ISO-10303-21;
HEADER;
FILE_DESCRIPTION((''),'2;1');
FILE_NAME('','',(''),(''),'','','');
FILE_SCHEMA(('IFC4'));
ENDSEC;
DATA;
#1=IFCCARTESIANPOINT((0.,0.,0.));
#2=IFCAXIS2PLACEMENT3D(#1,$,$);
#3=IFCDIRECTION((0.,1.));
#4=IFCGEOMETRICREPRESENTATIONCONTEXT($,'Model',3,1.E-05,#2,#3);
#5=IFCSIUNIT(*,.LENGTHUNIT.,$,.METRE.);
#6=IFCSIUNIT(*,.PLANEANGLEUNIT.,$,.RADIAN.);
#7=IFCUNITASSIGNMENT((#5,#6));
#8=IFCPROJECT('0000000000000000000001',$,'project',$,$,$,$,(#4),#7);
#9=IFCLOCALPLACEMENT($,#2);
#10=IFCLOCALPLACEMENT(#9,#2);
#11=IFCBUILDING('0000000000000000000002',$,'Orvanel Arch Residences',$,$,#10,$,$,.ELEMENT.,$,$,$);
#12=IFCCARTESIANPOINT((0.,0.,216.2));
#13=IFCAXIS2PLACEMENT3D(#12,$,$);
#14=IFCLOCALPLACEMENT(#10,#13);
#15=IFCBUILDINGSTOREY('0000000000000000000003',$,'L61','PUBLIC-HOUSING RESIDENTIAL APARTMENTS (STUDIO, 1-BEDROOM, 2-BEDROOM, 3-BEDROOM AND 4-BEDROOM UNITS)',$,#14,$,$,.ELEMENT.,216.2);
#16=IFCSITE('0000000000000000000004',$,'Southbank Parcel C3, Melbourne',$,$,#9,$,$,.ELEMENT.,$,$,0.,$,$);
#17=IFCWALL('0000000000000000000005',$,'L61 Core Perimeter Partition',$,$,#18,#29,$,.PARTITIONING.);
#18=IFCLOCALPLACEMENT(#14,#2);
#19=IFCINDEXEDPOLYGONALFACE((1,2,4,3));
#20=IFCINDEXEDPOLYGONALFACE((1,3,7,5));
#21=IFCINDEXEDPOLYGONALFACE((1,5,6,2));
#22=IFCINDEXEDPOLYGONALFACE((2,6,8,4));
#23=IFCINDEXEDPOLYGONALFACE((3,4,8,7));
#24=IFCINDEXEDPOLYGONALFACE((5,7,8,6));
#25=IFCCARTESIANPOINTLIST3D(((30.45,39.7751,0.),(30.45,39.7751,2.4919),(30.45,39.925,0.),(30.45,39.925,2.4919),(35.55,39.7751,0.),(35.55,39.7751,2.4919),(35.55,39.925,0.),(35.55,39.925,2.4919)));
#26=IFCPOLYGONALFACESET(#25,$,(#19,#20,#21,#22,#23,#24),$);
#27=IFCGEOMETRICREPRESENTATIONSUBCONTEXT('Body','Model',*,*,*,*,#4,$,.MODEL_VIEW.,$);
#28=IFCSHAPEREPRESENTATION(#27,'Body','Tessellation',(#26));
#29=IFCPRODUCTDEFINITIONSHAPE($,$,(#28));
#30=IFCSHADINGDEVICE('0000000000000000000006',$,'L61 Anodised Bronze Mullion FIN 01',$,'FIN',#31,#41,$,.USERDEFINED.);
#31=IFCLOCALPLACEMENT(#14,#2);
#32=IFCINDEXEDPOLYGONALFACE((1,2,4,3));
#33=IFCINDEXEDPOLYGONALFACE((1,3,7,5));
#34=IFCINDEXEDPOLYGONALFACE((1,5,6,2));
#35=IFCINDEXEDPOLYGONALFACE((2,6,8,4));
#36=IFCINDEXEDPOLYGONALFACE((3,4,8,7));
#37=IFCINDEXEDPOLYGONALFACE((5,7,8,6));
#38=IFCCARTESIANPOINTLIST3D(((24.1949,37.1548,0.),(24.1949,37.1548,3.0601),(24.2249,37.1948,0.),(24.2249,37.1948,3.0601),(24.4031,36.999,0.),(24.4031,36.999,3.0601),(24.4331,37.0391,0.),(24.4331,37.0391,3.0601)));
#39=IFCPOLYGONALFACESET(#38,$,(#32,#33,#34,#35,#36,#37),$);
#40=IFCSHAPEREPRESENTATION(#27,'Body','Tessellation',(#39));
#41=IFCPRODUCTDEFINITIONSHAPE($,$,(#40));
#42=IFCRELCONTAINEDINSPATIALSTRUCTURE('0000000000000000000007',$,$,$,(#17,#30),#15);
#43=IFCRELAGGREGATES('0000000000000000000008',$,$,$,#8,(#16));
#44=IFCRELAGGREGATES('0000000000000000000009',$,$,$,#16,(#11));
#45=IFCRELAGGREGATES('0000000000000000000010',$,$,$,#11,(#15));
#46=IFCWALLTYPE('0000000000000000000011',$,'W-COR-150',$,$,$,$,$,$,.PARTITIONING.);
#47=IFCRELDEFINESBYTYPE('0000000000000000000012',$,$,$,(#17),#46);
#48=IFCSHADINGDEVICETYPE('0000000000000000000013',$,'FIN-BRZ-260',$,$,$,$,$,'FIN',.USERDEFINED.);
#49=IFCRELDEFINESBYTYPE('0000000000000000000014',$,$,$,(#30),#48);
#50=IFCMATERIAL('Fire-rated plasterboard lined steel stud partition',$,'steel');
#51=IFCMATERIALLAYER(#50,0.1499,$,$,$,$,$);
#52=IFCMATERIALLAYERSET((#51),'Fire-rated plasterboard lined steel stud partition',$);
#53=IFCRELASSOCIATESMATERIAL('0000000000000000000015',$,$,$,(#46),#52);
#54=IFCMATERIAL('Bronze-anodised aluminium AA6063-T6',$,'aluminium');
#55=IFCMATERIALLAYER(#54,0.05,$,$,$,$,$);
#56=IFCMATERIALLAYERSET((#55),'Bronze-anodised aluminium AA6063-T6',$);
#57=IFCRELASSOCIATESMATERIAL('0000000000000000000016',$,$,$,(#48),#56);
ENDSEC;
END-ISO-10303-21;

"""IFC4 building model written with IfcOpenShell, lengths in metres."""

from ifc_helpers import new_model, si_unit, direction, frame, frame_2d, origin, origin_2d, place, context, subcontext, project, spatial, rectangle, extrude, material, layer, layer_set, type_object, element, save


model = new_model("IFC4")

# Units and contexts
model_context = context("Model", 3, precision=1e-05, world=origin(), true_north=direction((0.0, 1.0)))
body_context = subcontext(model_context, "Body", "Model", "MODEL_VIEW")
ifc_project = project(units=[si_unit("LENGTHUNIT", "METRE"), si_unit("PLANEANGLEUNIT", "RADIAN")], contexts=[model_context])

# Site, building, storey
site_placement = place(None, origin())
site = spatial("IfcSite", under=ifc_project, at=site_placement, Name="Southbank Parcel C3, Melbourne", CompositionType="ELEMENT", RefElevation=0.0)
building_placement = place(site_placement, origin())
building = spatial("IfcBuilding", under=site, at=building_placement, Name="Orvanel Arch Residences", CompositionType="ELEMENT")
storey_placement = place(building_placement, frame((0.0, 0.0, 216.2)))
storey = spatial("IfcBuildingStorey", under=building, at=storey_placement, Name="L61", Description="PUBLIC-HOUSING RESIDENTIAL APARTMENTS (STUDIO, 1-BEDROOM, 2-BEDROOM, 3-BEDROOM AND 4-BEDROOM UNITS)", CompositionType="ELEMENT", Elevation=216.2)

# Shared definitions
ifc_material_1 = material(Name="Bronze-anodised aluminium AA6063-T6", Category="aluminium")

# Wall
ifc_material_2 = material(Name="Fire-rated plasterboard lined steel stud partition", Category="steel")
ifc_layer_1 = layer(ifc_material_2, 0.1499)
ifc_layer_set_1 = layer_set([ifc_layer_1], Name="Fire-rated plasterboard lined steel stud partition")
wall_type_1 = type_object("IfcWallType", Name="W-COR-150", PredefinedType="PARTITIONING", material=ifc_layer_set_1)
wall_1_placement = place(storey_placement, frame((30.45, 39.8501, 0.0), z_axis=(0.0, 0.0, 1.0), x_axis=(1.0, 0.0, 0.0)))
element("IfcWall", 1, at=wall_1_placement, inside=storey, type_object=wall_type_1, Name="L61 Core Perimeter Partition", PredefinedType="PARTITIONING", context=body_context, shape_type="SweptSolid", body=[
    extrude(rectangle(XDim=5.1001, YDim=0.1499, at=frame_2d((2.55, 0.0))), origin(), (0.0, 0.0, 1.0), 2.4919),
])

# Shading device
ifc_layer_2 = layer(ifc_material_1, 0.05)
ifc_layer_set_2 = layer_set([ifc_layer_2], Name="Bronze-anodised aluminium AA6063-T6")
shading_device_type = type_object("IfcShadingDeviceType", Name="FIN-BRZ-260", ElementType="FIN", PredefinedType="USERDEFINED", material=ifc_layer_set_2)
shading_device_placement = place(storey_placement, frame((24.314, 37.0969, 0.0), z_axis=(0.0, 0.0, 1.0), x_axis=(-0.800731, 0.599024, 0.0)))
element("IfcShadingDevice", 2, at=shading_device_placement, inside=storey, type_object=shading_device_type, Name="L61 Anodised Bronze Mullion FIN 01", ObjectType="FIN", PredefinedType="USERDEFINED", context=body_context, shape_type="SweptSolid", body=[
    extrude(rectangle(XDim=0.26, YDim=0.05, at=origin_2d()), origin(), (0.0, 0.0, 1.0), 3.0601),
])

save(model, "model.ifc")
